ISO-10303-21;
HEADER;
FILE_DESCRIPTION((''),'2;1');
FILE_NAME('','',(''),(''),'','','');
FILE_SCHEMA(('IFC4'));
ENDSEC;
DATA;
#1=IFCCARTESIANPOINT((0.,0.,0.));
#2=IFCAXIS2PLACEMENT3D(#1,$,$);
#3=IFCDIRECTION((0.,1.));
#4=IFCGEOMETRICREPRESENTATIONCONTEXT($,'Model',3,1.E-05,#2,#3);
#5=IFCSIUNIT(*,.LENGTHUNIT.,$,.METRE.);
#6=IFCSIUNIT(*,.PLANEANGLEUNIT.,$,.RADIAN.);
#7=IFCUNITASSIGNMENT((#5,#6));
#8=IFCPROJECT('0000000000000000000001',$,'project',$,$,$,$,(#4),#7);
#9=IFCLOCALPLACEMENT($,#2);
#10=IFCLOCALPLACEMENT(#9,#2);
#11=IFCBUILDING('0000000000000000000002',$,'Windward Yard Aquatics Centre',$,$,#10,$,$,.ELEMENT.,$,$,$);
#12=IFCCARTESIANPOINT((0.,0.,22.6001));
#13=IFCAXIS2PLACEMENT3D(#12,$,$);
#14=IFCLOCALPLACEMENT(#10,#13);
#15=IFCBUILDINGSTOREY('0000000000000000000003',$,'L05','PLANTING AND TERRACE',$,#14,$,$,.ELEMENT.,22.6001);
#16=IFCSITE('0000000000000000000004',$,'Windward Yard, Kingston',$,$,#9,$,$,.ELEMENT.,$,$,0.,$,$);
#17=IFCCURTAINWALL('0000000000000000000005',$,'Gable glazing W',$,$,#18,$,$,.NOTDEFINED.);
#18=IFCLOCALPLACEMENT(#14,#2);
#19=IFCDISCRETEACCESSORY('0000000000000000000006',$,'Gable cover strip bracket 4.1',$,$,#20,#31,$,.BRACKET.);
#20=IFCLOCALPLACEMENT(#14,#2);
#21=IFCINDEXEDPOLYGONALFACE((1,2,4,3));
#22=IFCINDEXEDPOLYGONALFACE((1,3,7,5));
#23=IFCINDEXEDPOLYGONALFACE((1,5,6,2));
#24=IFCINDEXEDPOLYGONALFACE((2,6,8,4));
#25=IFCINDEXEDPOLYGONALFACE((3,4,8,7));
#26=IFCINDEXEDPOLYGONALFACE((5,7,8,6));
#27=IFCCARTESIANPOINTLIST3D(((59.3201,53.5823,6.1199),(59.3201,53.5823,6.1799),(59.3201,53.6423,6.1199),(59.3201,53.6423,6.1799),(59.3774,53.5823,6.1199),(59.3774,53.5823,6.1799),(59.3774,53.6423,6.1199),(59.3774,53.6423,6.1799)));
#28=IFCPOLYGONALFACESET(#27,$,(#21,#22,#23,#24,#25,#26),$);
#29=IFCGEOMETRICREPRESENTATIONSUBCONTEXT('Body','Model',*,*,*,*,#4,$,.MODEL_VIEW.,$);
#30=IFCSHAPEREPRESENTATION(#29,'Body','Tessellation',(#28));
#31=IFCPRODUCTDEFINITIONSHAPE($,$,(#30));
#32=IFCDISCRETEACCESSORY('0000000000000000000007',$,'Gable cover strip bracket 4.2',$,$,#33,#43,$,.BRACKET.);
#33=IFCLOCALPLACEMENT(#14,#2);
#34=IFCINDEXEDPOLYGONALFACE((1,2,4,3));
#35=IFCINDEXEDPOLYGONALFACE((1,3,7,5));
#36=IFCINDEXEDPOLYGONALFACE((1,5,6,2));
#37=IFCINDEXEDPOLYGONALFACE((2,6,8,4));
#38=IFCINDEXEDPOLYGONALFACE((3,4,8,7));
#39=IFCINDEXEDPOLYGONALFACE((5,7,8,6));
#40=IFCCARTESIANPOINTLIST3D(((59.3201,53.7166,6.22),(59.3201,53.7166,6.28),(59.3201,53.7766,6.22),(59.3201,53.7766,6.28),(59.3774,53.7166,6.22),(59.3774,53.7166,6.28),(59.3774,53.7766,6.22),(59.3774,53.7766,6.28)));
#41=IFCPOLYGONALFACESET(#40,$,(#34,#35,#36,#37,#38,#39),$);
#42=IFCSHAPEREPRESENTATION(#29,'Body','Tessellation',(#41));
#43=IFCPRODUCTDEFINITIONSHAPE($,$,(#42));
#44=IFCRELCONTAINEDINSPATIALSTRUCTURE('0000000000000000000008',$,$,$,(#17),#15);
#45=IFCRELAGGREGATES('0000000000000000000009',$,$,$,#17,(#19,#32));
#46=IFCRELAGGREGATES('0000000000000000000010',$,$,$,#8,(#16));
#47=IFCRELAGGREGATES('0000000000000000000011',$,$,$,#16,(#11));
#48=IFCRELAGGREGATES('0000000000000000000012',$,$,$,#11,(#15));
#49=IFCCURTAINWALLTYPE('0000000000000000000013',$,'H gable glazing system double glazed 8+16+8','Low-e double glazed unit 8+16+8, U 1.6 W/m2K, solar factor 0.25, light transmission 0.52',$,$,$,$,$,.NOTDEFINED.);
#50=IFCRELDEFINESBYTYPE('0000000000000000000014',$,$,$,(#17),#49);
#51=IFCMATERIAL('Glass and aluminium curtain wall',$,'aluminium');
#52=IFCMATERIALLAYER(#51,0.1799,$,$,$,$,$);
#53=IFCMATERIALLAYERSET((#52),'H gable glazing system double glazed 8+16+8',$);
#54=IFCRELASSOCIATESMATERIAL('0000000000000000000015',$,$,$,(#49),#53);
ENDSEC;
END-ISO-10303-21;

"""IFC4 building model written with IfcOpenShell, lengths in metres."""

from ifc_helpers import new_model, si_unit, direction, frame, origin, origin_2d, place, context, subcontext, project, spatial, rectangle, extrude, material, layer, layer_set, type_object, element, aggregate, save


model = new_model("IFC4")

# Units and contexts
model_context = context("Model", 3, precision=1e-05, world=origin(), true_north=direction((0.0, 1.0)))
body_context = subcontext(model_context, "Body", "Model", "MODEL_VIEW")
ifc_project = project(units=[si_unit("LENGTHUNIT", "METRE"), si_unit("PLANEANGLEUNIT", "RADIAN")], contexts=[model_context])

# Site, building, storey
site_placement = place(None, origin())
site = spatial("IfcSite", under=ifc_project, at=site_placement, Name="Windward Yard, Kingston", CompositionType="ELEMENT", RefElevation=0.0)
building_placement = place(site_placement, origin())
building = spatial("IfcBuilding", under=site, at=building_placement, Name="Windward Yard Aquatics Centre", CompositionType="ELEMENT")
storey_placement = place(building_placement, frame((0.0, 0.0, 22.6001)))
storey = spatial("IfcBuildingStorey", under=building, at=storey_placement, Name="L05", Description="PLANTING AND TERRACE", CompositionType="ELEMENT", Elevation=22.6001)

# Curtain wall, discrete accessories
ifc_material_1 = material(Name="Glass and aluminium curtain wall", Category="aluminium")
ifc_layer_1 = layer(ifc_material_1, 0.1799)
ifc_layer_set_1 = layer_set([ifc_layer_1], Name="H gable glazing system double glazed 8+16+8")
curtain_wall_type = type_object("IfcCurtainWallType", Name="H gable glazing system double glazed 8+16+8", Description="Low-e double glazed unit 8+16+8, U 1.6 W/m2K, solar factor 0.25, light transmission 0.52", PredefinedType="NOTDEFINED", material=ifc_layer_set_1)
curtain_wall_placement = place(storey_placement, origin())
curtain_wall = element("IfcCurtainWall", 1, at=curtain_wall_placement, inside=storey, type_object=curtain_wall_type, Name="Gable glazing W", PredefinedType="NOTDEFINED")
discrete_accessory_1_placement = place(storey_placement, frame((59.3774, 53.6123, 6.1499), z_axis=(-1.0, 0.0, 0.0), x_axis=(0.0, -1.0, 0.0)))
discrete_accessory_1 = element("IfcDiscreteAccessory", 2, at=discrete_accessory_1_placement, Name="Gable cover strip bracket 4.1", PredefinedType="BRACKET", context=body_context, shape_type="SweptSolid", body=[
    extrude(rectangle(XDim=0.0601, YDim=0.0601, at=origin_2d()), origin(), (0.0, 0.0, 1.0), 0.0574),
])
discrete_accessory_2_placement = place(storey_placement, frame((59.3774, 53.7466, 6.25), z_axis=(-1.0, 0.0, 0.0), x_axis=(0.0, -1.0, 0.0)))
discrete_accessory_2 = element("IfcDiscreteAccessory", 3, at=discrete_accessory_2_placement, Name="Gable cover strip bracket 4.2", PredefinedType="BRACKET", context=body_context, shape_type="SweptSolid", body=[
    extrude(rectangle(XDim=0.0601, YDim=0.0601, at=origin_2d()), origin(), (0.0, 0.0, 1.0), 0.0574),
])
aggregate(curtain_wall, [discrete_accessory_1, discrete_accessory_2])

save(model, "model.ifc")
